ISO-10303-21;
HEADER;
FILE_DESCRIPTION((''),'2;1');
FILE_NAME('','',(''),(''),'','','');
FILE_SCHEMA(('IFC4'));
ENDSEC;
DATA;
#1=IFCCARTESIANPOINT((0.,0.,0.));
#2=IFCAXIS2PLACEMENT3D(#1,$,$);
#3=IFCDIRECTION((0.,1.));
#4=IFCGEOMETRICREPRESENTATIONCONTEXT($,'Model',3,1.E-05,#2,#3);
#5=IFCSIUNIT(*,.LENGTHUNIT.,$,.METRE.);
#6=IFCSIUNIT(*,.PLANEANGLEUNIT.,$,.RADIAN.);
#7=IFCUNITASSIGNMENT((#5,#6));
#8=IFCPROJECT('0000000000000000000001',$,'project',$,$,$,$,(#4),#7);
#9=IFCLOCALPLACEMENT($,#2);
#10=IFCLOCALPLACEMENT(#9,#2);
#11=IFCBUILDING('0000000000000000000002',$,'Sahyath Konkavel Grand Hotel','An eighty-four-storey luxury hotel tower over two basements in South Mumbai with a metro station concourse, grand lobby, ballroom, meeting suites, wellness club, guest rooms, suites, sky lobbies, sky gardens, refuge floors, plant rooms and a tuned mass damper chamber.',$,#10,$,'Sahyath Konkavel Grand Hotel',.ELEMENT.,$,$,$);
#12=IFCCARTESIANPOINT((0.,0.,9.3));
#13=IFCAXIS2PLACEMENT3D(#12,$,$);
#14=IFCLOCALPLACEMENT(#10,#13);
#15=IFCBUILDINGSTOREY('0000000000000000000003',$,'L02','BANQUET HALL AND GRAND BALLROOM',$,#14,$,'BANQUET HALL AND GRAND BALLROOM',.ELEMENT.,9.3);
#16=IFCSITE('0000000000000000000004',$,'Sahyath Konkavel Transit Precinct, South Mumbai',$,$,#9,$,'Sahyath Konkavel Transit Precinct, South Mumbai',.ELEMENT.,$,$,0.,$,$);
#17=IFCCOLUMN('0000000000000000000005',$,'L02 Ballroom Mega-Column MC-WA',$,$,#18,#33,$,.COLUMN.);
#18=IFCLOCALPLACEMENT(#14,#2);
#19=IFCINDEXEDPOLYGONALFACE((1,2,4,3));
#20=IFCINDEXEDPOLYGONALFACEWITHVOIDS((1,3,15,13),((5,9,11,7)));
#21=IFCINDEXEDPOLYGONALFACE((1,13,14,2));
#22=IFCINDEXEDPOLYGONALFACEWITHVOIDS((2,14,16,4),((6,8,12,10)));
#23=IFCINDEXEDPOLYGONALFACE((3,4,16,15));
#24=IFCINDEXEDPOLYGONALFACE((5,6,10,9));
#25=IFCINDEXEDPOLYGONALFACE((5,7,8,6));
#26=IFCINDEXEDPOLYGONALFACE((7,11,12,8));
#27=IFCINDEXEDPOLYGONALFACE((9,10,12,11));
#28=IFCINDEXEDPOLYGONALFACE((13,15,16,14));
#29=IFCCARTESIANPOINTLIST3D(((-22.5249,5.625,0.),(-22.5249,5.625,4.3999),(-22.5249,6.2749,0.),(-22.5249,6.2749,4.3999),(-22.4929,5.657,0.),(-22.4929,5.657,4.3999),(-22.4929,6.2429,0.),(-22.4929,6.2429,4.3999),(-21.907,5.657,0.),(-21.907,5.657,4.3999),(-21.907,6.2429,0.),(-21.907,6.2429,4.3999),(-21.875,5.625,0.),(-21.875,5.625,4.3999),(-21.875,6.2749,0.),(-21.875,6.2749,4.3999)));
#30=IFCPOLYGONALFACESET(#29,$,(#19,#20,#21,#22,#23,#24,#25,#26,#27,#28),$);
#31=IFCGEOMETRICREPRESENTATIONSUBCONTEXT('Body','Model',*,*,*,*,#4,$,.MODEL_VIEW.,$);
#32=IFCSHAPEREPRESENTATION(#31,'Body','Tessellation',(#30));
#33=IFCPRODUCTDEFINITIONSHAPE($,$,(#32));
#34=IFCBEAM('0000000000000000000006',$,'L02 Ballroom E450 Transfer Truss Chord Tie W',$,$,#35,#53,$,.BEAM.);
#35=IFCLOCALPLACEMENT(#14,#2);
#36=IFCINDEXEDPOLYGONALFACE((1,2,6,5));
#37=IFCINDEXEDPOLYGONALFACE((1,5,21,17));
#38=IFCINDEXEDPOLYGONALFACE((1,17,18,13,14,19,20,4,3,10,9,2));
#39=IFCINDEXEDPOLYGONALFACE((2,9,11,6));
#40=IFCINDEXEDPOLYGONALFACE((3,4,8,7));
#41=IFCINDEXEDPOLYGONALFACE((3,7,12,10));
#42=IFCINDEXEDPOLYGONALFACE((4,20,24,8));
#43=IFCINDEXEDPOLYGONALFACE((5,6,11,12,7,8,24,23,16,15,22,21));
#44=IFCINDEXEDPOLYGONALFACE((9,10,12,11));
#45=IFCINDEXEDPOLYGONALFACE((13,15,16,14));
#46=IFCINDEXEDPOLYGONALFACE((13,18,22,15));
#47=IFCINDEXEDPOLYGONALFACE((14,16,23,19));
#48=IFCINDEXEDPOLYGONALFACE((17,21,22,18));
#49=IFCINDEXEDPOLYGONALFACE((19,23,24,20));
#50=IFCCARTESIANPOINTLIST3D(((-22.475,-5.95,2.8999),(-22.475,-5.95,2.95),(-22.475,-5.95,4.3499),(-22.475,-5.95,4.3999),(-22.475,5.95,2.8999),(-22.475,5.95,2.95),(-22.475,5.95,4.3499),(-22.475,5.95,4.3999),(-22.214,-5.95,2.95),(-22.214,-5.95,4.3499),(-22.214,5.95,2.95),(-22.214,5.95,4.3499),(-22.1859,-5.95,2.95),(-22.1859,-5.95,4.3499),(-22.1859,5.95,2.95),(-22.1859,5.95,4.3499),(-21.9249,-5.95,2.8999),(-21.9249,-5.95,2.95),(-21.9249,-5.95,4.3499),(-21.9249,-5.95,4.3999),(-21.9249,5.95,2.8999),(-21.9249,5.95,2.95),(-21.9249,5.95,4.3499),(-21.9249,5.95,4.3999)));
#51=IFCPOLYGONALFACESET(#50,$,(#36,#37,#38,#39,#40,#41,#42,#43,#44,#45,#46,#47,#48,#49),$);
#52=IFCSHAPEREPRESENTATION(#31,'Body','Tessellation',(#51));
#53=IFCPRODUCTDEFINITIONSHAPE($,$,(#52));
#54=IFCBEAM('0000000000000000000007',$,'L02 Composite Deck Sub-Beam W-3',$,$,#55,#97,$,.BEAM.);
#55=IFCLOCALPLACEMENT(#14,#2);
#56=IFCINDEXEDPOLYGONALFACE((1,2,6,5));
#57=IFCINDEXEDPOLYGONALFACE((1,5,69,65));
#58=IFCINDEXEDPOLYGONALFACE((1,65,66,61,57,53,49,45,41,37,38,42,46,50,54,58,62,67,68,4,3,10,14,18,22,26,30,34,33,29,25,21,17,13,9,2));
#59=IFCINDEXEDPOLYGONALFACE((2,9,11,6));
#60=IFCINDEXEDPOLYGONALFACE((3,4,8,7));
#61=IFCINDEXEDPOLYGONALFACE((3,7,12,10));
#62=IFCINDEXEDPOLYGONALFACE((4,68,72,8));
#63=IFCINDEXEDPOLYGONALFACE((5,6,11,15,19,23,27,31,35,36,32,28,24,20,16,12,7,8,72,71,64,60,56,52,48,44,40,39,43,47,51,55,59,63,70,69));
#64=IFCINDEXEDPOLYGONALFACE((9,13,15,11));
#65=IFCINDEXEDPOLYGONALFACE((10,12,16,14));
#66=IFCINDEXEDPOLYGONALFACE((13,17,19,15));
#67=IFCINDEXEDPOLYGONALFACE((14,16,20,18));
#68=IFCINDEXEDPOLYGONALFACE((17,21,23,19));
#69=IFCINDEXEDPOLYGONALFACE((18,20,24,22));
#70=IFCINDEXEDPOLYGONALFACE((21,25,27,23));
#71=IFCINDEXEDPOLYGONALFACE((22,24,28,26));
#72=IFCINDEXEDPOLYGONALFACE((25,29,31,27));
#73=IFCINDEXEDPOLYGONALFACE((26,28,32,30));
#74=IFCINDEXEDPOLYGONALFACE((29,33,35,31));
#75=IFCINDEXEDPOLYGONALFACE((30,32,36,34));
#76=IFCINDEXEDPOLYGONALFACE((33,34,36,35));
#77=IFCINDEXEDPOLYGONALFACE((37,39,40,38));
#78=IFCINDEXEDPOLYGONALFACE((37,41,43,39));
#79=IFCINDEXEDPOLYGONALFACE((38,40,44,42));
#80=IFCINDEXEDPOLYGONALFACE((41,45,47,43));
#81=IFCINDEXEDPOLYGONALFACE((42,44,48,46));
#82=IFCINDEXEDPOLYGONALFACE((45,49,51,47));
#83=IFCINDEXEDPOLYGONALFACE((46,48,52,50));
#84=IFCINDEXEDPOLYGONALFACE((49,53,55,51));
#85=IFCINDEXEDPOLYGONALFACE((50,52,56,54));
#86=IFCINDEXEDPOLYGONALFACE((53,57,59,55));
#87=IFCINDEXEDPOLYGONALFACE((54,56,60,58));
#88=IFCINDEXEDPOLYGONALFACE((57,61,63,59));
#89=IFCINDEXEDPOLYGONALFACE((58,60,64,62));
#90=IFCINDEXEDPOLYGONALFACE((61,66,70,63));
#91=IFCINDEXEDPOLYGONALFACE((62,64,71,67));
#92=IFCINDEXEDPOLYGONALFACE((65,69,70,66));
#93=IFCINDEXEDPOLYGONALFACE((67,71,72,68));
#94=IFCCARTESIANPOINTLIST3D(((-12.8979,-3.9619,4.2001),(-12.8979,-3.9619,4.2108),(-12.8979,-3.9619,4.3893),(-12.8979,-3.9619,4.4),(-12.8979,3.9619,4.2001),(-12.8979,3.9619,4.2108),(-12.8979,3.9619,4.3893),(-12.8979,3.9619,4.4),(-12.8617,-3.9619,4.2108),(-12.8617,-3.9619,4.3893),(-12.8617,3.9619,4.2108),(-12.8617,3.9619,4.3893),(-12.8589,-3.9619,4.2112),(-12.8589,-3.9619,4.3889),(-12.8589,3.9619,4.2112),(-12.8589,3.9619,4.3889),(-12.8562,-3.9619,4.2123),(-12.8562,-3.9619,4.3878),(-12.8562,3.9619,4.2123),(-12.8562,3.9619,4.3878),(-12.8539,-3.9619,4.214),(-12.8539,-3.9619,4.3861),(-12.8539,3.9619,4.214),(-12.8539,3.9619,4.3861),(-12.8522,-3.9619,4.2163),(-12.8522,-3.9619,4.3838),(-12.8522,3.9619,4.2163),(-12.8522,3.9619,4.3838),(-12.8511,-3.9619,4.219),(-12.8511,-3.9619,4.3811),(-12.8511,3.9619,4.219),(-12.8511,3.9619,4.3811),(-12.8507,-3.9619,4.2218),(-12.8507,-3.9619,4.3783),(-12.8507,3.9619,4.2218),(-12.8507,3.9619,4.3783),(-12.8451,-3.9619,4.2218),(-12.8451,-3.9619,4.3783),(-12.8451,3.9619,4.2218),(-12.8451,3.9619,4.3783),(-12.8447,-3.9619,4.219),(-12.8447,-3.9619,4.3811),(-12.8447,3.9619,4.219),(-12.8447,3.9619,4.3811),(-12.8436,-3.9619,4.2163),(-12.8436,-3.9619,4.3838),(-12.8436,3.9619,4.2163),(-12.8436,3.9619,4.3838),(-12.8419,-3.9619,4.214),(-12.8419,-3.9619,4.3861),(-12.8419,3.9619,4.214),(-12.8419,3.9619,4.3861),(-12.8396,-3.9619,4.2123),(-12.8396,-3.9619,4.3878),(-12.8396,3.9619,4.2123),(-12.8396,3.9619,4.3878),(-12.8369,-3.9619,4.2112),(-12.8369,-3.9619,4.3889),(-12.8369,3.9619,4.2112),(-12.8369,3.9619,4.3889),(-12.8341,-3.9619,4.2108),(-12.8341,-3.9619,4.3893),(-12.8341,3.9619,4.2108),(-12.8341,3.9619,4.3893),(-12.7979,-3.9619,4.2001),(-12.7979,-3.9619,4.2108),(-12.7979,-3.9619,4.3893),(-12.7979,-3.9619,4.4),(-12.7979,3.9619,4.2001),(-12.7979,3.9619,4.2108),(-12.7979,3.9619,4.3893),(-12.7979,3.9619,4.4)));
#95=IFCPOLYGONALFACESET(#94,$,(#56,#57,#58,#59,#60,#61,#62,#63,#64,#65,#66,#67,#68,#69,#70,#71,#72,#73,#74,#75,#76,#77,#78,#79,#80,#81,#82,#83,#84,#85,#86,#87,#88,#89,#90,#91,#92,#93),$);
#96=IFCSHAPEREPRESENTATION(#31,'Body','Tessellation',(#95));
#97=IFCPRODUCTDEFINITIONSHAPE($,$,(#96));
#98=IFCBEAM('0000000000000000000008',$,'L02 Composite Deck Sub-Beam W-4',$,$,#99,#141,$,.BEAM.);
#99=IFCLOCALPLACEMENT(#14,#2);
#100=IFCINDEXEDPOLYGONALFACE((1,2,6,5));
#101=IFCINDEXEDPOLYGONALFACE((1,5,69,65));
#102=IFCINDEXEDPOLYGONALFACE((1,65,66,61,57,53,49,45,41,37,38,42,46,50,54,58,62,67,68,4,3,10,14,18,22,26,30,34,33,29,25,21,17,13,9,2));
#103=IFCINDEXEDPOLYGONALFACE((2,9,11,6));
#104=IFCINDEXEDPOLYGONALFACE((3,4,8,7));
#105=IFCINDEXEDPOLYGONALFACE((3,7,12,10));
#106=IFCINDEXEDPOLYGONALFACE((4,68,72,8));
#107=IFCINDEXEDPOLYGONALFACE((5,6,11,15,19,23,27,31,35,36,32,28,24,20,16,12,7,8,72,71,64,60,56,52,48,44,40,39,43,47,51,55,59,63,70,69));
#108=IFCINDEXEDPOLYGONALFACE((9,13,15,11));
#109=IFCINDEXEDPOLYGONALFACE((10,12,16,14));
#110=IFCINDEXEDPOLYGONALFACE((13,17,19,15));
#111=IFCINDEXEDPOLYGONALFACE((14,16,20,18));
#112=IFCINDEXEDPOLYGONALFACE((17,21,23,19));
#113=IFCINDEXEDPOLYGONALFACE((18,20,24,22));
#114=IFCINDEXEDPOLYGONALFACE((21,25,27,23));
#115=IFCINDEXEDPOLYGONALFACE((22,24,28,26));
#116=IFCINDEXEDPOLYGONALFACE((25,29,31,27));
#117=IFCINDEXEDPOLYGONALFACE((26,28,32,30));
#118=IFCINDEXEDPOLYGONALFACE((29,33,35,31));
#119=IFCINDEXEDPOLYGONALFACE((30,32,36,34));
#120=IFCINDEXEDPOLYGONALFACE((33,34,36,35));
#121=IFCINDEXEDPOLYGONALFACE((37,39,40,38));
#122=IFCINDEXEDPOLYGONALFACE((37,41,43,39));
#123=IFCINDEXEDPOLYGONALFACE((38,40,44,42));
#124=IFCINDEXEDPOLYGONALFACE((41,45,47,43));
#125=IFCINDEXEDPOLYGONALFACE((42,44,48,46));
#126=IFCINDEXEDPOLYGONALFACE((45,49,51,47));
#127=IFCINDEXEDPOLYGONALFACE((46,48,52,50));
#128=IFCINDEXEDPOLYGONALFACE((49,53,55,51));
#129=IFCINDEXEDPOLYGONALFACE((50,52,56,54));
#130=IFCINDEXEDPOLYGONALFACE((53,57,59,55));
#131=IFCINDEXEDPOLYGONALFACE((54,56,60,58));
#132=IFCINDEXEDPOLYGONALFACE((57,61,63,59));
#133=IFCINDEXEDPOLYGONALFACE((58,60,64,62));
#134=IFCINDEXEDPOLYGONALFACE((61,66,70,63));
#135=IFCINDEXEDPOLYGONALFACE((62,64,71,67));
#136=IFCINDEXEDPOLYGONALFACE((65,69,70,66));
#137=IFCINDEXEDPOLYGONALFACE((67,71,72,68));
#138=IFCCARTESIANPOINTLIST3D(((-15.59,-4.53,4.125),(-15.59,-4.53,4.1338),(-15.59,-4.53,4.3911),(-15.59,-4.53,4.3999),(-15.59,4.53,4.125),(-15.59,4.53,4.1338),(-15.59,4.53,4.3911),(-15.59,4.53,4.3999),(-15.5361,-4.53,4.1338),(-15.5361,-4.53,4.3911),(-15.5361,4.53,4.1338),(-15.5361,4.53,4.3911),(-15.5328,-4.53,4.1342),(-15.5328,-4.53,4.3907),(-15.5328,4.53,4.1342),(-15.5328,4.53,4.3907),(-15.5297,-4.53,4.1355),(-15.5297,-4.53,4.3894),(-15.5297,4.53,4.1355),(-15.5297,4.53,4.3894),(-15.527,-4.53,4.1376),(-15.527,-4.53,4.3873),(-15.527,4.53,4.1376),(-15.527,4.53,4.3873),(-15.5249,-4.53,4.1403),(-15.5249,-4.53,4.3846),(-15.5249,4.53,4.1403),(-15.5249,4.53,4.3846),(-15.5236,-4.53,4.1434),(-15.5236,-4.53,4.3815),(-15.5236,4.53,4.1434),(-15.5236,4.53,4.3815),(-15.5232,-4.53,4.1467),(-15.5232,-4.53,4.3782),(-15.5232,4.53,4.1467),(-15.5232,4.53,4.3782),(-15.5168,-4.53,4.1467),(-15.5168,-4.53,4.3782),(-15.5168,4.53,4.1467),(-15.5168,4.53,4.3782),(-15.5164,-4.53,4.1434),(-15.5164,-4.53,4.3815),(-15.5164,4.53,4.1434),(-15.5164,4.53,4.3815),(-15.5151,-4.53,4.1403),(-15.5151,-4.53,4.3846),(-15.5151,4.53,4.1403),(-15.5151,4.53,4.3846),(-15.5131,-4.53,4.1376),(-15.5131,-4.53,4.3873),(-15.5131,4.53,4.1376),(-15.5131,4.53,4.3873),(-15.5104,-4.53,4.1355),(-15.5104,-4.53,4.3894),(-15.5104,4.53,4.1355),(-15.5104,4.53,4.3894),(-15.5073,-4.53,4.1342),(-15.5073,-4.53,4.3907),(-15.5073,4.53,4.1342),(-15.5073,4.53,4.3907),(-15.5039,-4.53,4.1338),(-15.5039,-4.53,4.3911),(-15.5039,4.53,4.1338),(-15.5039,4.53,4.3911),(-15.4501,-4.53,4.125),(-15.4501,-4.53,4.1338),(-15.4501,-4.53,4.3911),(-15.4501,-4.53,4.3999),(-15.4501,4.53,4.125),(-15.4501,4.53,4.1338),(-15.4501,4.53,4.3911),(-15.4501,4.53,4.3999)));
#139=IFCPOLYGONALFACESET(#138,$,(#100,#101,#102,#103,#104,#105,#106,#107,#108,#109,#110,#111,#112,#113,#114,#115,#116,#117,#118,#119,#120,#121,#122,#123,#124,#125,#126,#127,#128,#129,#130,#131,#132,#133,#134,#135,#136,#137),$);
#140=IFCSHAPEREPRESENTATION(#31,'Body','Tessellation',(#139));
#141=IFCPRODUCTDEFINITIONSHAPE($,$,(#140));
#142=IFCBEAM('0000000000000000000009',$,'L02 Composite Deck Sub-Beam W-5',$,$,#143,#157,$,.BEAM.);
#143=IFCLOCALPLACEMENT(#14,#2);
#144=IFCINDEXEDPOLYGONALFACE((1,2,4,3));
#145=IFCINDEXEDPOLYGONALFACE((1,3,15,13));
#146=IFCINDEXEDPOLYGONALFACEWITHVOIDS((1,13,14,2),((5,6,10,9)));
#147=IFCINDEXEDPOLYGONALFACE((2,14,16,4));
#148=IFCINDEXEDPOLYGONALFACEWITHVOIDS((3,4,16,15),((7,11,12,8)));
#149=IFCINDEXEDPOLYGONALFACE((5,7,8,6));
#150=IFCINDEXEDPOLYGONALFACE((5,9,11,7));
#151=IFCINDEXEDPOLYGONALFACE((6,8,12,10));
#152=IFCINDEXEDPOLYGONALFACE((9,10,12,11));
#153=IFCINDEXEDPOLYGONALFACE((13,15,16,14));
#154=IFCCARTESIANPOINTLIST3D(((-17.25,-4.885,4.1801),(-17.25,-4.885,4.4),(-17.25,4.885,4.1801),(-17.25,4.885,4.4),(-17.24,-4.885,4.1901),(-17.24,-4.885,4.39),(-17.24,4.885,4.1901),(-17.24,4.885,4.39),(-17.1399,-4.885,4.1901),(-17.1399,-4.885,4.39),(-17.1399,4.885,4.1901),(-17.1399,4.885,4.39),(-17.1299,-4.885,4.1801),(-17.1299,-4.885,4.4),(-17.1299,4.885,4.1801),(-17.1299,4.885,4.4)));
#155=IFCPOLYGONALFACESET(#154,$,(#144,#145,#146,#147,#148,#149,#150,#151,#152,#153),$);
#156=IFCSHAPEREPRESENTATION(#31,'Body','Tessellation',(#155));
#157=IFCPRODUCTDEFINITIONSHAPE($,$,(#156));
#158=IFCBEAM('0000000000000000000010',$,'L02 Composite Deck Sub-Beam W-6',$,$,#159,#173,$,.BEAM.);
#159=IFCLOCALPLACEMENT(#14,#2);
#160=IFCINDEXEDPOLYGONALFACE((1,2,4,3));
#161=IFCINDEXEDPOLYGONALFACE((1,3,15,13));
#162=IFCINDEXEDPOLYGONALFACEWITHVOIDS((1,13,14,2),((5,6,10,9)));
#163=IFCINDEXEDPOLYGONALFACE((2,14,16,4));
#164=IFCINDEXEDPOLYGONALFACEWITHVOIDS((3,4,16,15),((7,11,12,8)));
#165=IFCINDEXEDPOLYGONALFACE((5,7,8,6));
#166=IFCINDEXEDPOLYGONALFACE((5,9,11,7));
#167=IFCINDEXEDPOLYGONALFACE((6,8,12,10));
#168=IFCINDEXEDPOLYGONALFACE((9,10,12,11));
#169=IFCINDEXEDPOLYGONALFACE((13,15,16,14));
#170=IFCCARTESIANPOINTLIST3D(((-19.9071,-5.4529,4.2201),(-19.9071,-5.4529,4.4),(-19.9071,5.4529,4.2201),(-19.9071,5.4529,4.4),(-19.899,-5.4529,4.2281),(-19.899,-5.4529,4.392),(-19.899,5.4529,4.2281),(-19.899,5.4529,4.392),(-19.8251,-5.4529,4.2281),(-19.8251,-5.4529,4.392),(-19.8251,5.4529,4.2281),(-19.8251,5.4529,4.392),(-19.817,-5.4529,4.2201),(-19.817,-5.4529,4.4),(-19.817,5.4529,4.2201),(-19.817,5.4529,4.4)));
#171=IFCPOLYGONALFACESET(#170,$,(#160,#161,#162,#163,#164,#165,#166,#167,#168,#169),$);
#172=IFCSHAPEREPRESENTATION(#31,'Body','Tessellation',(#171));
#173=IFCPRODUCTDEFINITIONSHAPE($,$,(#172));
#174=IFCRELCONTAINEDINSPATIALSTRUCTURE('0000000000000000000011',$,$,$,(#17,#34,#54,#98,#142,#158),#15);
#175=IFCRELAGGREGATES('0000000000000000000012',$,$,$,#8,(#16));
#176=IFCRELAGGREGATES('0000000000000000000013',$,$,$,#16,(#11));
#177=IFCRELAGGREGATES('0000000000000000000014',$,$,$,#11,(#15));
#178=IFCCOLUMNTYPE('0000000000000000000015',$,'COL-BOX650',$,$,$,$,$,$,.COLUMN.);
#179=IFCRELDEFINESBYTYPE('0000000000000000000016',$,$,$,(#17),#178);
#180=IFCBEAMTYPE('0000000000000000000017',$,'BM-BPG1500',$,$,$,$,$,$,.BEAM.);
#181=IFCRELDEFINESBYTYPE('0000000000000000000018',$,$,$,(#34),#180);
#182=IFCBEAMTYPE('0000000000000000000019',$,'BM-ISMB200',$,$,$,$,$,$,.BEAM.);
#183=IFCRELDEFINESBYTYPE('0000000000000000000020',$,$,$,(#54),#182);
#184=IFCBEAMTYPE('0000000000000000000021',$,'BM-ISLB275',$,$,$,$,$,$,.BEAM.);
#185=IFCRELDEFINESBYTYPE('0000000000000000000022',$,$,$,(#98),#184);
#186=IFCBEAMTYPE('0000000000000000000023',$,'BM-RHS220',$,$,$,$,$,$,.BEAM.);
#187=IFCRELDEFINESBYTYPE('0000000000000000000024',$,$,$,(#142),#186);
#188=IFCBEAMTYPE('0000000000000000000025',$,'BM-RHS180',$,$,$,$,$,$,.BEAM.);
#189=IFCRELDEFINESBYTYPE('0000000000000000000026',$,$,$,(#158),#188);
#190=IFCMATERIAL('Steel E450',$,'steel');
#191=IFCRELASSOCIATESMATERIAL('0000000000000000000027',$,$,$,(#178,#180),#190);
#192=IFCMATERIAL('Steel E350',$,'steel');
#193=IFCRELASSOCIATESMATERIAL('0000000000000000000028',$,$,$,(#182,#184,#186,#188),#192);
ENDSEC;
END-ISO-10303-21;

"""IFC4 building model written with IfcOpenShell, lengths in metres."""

from ifc_helpers import new_model, si_unit, direction, frame, origin, origin_2d, place, context, subcontext, project, spatial, hollow_rectangle, i_section, extrude, source, transform, mapped, material, material_profile, profile_set, type_object, element, save


model = new_model("IFC4")

# Units and contexts
model_context = context("Model", 3, precision=1e-05, world=origin(), true_north=direction((0.0, 1.0)))
body_context = subcontext(model_context, "Body", "Model", "MODEL_VIEW")
ifc_project = project(units=[si_unit("LENGTHUNIT", "METRE"), si_unit("PLANEANGLEUNIT", "RADIAN")], contexts=[model_context])

# Site, building, storey
site_placement = place(None, origin())
site = spatial("IfcSite", under=ifc_project, at=site_placement, Name="Sahyath Konkavel Transit Precinct, South Mumbai", LongName="Sahyath Konkavel Transit Precinct, South Mumbai", CompositionType="ELEMENT", RefElevation=0.0)
building_placement = place(site_placement, origin())
building = spatial("IfcBuilding", under=site, at=building_placement, Name="Sahyath Konkavel Grand Hotel", Description="An eighty-four-storey luxury hotel tower over two basements in South Mumbai with a metro station concourse, grand lobby, ballroom, meeting suites, wellness club, guest rooms, suites, sky lobbies, sky gardens, refuge floors, plant rooms and a tuned mass damper chamber.", LongName="Sahyath Konkavel Grand Hotel", CompositionType="ELEMENT")
storey_placement = place(building_placement, frame((0.0, 0.0, 9.3)))
storey = spatial("IfcBuildingStorey", under=building, at=storey_placement, Name="L02", Description="BANQUET HALL AND GRAND BALLROOM", LongName="BANQUET HALL AND GRAND BALLROOM", CompositionType="ELEMENT", Elevation=9.3)

# Column
ifc_material_1 = material(Name="Steel E450", Category="steel")
ifc_material_profile_1 = material_profile(ifc_material_1, hollow_rectangle(XDim=0.6499, YDim=0.6499, WallThickness=0.032, at=origin_2d()), Name="BOX 650x650x32")
ifc_profile_set_1 = profile_set([ifc_material_profile_1], Name="Steel E450")
column_type = type_object("IfcColumnType", Name="COL-BOX650", PredefinedType="COLUMN", material=ifc_profile_set_1)
shared_shape_1 = source(origin(), body_context, "Body", "SweptSolid", [
    extrude(hollow_rectangle(XDim=0.6499, YDim=0.6499, WallThickness=0.032, at=origin_2d()), origin(), (0.0, 0.0, 1.0), 4.3999),
])
column_placement = place(storey_placement, frame((-22.2, 5.95, 0.0), z_axis=(0.0, 0.0, 1.0), x_axis=(1.0, 0.0, 0.0)))
element("IfcColumn", 1, at=column_placement, inside=storey, type_object=column_type, Name="L02 Ballroom Mega-Column MC-WA", PredefinedType="COLUMN", context=body_context, shape_type="MappedRepresentation", body=[
    mapped(shared_shape_1, transform((0.0, 0.0, 0.0), scale=1.0)),
])

# Beams
ifc_material_profile_2 = material_profile(ifc_material_1, i_section(OverallWidth=0.55, OverallDepth=1.5, WebThickness=0.0281, FlangeThickness=0.05, at=origin_2d()), Name="BPG 1500x550")
ifc_profile_set_2 = profile_set([ifc_material_profile_2], Name="Steel E450")
beam_type_1 = type_object("IfcBeamType", Name="BM-BPG1500", PredefinedType="BEAM", material=ifc_profile_set_2)
shared_shape_2 = source(origin(), body_context, "Body", "SweptSolid", [
    extrude(i_section(OverallWidth=0.55, OverallDepth=1.5, WebThickness=0.0281, FlangeThickness=0.05, at=origin_2d()), origin(), (0.0, 0.0, 1.0), 11.8999),
])
beam_1_placement = place(storey_placement, frame((-22.2, 5.95, 3.6499), z_axis=(0.0, -1.0, 0.0), x_axis=(1.0, 0.0, 0.0)))
element("IfcBeam", 2, at=beam_1_placement, inside=storey, type_object=beam_type_1, Name="L02 Ballroom E450 Transfer Truss Chord Tie W", PredefinedType="BEAM", context=body_context, shape_type="MappedRepresentation", body=[
    mapped(shared_shape_2, transform((0.0, 0.0, 0.0), scale=1.0)),
])
ifc_material_2 = material(Name="Steel E350", Category="steel")
ifc_material_profile_3 = material_profile(ifc_material_2, i_section(OverallWidth=0.1001, OverallDepth=0.2, WebThickness=0.0056, FlangeThickness=0.0107, FilletRadius=0.011, at=origin_2d()), Name="ISMB 200")
ifc_profile_set_3 = profile_set([ifc_material_profile_3], Name="Steel E350")
beam_type_2 = type_object("IfcBeamType", Name="BM-ISMB200", PredefinedType="BEAM", material=ifc_profile_set_3)
shared_shape_3 = source(origin(), body_context, "Body", "SweptSolid", [
    extrude(i_section(OverallWidth=0.1001, OverallDepth=0.2, WebThickness=0.0056, FlangeThickness=0.0107, FilletRadius=0.011, at=origin_2d()), origin(), (0.0, 0.0, 1.0), 7.9238),
])
beam_2_placement = place(storey_placement, frame((-12.8479, 3.9619, 4.3), z_axis=(0.0, -1.0, 0.0), x_axis=(1.0, 0.0, 0.0)))
element("IfcBeam", 3, at=beam_2_placement, inside=storey, type_object=beam_type_2, Name="L02 Composite Deck Sub-Beam W-3", PredefinedType="BEAM", context=body_context, shape_type="MappedRepresentation", body=[
    mapped(shared_shape_3, transform((0.0, 0.0, 0.0), scale=1.0)),
])
ifc_material_profile_4 = material_profile(ifc_material_2, i_section(OverallWidth=0.1399, OverallDepth=0.2749, WebThickness=0.0063, FlangeThickness=0.0088, FilletRadius=0.0129, at=origin_2d()), Name="ISLB 275")
ifc_profile_set_4 = profile_set([ifc_material_profile_4], Name="Steel E350")
beam_type_3 = type_object("IfcBeamType", Name="BM-ISLB275", PredefinedType="BEAM", material=ifc_profile_set_4)
shared_shape_4 = source(origin(), body_context, "Body", "SweptSolid", [
    extrude(i_section(OverallWidth=0.1399, OverallDepth=0.2749, WebThickness=0.0063, FlangeThickness=0.0088, FilletRadius=0.0129, at=origin_2d()), origin(), (0.0, 0.0, 1.0), 9.0601),
])
beam_3_placement = place(storey_placement, frame((-15.52, 4.53, 4.2625), z_axis=(0.0, -1.0, 0.0), x_axis=(1.0, 0.0, 0.0)))
element("IfcBeam", 4, at=beam_3_placement, inside=storey, type_object=beam_type_3, Name="L02 Composite Deck Sub-Beam W-4", PredefinedType="BEAM", context=body_context, shape_type="MappedRepresentation", body=[
    mapped(shared_shape_4, transform((0.0, 0.0, 0.0), scale=1.0)),
])
ifc_material_profile_5 = material_profile(ifc_material_2, hollow_rectangle(XDim=0.1201, YDim=0.22, WallThickness=0.01, at=origin_2d()), Name="RHS 220x120x10")
ifc_profile_set_5 = profile_set([ifc_material_profile_5], Name="Steel E350")
beam_type_4 = type_object("IfcBeamType", Name="BM-RHS220", PredefinedType="BEAM", material=ifc_profile_set_5)
shared_shape_5 = source(origin(), body_context, "Body", "SweptSolid", [
    extrude(hollow_rectangle(XDim=0.1201, YDim=0.22, WallThickness=0.01, at=origin_2d()), origin(), (0.0, 0.0, 1.0), 9.77),
])
beam_4_placement = place(storey_placement, frame((-17.1899, 4.885, 4.29), z_axis=(0.0, -1.0, 0.0), x_axis=(1.0, 0.0, 0.0)))
element("IfcBeam", 5, at=beam_4_placement, inside=storey, type_object=beam_type_4, Name="L02 Composite Deck Sub-Beam W-5", PredefinedType="BEAM", context=body_context, shape_type="MappedRepresentation", body=[
    mapped(shared_shape_5, transform((0.0, 0.0, 0.0), scale=1.0)),
])
ifc_material_profile_6 = material_profile(ifc_material_2, hollow_rectangle(XDim=0.0901, YDim=0.1799, WallThickness=0.0081, at=origin_2d()), Name="RHS 180x90x8")
ifc_profile_set_6 = profile_set([ifc_material_profile_6], Name="Steel E350")
beam_type_5 = type_object("IfcBeamType", Name="BM-RHS180", PredefinedType="BEAM", material=ifc_profile_set_6)
shared_shape_6 = source(origin(), body_context, "Body", "SweptSolid", [
    extrude(hollow_rectangle(XDim=0.0901, YDim=0.1799, WallThickness=0.0081, at=origin_2d()), origin(), (0.0, 0.0, 1.0), 10.9058),
])
beam_5_placement = place(storey_placement, frame((-19.8621, 5.4529, 4.3101), z_axis=(0.0, -1.0, 0.0), x_axis=(1.0, 0.0, 0.0)))
element("IfcBeam", 6, at=beam_5_placement, inside=storey, type_object=beam_type_5, Name="L02 Composite Deck Sub-Beam W-6", PredefinedType="BEAM", context=body_context, shape_type="MappedRepresentation", body=[
    mapped(shared_shape_6, transform((0.0, 0.0, 0.0), scale=1.0)),
])

save(model, "model.ifc")
